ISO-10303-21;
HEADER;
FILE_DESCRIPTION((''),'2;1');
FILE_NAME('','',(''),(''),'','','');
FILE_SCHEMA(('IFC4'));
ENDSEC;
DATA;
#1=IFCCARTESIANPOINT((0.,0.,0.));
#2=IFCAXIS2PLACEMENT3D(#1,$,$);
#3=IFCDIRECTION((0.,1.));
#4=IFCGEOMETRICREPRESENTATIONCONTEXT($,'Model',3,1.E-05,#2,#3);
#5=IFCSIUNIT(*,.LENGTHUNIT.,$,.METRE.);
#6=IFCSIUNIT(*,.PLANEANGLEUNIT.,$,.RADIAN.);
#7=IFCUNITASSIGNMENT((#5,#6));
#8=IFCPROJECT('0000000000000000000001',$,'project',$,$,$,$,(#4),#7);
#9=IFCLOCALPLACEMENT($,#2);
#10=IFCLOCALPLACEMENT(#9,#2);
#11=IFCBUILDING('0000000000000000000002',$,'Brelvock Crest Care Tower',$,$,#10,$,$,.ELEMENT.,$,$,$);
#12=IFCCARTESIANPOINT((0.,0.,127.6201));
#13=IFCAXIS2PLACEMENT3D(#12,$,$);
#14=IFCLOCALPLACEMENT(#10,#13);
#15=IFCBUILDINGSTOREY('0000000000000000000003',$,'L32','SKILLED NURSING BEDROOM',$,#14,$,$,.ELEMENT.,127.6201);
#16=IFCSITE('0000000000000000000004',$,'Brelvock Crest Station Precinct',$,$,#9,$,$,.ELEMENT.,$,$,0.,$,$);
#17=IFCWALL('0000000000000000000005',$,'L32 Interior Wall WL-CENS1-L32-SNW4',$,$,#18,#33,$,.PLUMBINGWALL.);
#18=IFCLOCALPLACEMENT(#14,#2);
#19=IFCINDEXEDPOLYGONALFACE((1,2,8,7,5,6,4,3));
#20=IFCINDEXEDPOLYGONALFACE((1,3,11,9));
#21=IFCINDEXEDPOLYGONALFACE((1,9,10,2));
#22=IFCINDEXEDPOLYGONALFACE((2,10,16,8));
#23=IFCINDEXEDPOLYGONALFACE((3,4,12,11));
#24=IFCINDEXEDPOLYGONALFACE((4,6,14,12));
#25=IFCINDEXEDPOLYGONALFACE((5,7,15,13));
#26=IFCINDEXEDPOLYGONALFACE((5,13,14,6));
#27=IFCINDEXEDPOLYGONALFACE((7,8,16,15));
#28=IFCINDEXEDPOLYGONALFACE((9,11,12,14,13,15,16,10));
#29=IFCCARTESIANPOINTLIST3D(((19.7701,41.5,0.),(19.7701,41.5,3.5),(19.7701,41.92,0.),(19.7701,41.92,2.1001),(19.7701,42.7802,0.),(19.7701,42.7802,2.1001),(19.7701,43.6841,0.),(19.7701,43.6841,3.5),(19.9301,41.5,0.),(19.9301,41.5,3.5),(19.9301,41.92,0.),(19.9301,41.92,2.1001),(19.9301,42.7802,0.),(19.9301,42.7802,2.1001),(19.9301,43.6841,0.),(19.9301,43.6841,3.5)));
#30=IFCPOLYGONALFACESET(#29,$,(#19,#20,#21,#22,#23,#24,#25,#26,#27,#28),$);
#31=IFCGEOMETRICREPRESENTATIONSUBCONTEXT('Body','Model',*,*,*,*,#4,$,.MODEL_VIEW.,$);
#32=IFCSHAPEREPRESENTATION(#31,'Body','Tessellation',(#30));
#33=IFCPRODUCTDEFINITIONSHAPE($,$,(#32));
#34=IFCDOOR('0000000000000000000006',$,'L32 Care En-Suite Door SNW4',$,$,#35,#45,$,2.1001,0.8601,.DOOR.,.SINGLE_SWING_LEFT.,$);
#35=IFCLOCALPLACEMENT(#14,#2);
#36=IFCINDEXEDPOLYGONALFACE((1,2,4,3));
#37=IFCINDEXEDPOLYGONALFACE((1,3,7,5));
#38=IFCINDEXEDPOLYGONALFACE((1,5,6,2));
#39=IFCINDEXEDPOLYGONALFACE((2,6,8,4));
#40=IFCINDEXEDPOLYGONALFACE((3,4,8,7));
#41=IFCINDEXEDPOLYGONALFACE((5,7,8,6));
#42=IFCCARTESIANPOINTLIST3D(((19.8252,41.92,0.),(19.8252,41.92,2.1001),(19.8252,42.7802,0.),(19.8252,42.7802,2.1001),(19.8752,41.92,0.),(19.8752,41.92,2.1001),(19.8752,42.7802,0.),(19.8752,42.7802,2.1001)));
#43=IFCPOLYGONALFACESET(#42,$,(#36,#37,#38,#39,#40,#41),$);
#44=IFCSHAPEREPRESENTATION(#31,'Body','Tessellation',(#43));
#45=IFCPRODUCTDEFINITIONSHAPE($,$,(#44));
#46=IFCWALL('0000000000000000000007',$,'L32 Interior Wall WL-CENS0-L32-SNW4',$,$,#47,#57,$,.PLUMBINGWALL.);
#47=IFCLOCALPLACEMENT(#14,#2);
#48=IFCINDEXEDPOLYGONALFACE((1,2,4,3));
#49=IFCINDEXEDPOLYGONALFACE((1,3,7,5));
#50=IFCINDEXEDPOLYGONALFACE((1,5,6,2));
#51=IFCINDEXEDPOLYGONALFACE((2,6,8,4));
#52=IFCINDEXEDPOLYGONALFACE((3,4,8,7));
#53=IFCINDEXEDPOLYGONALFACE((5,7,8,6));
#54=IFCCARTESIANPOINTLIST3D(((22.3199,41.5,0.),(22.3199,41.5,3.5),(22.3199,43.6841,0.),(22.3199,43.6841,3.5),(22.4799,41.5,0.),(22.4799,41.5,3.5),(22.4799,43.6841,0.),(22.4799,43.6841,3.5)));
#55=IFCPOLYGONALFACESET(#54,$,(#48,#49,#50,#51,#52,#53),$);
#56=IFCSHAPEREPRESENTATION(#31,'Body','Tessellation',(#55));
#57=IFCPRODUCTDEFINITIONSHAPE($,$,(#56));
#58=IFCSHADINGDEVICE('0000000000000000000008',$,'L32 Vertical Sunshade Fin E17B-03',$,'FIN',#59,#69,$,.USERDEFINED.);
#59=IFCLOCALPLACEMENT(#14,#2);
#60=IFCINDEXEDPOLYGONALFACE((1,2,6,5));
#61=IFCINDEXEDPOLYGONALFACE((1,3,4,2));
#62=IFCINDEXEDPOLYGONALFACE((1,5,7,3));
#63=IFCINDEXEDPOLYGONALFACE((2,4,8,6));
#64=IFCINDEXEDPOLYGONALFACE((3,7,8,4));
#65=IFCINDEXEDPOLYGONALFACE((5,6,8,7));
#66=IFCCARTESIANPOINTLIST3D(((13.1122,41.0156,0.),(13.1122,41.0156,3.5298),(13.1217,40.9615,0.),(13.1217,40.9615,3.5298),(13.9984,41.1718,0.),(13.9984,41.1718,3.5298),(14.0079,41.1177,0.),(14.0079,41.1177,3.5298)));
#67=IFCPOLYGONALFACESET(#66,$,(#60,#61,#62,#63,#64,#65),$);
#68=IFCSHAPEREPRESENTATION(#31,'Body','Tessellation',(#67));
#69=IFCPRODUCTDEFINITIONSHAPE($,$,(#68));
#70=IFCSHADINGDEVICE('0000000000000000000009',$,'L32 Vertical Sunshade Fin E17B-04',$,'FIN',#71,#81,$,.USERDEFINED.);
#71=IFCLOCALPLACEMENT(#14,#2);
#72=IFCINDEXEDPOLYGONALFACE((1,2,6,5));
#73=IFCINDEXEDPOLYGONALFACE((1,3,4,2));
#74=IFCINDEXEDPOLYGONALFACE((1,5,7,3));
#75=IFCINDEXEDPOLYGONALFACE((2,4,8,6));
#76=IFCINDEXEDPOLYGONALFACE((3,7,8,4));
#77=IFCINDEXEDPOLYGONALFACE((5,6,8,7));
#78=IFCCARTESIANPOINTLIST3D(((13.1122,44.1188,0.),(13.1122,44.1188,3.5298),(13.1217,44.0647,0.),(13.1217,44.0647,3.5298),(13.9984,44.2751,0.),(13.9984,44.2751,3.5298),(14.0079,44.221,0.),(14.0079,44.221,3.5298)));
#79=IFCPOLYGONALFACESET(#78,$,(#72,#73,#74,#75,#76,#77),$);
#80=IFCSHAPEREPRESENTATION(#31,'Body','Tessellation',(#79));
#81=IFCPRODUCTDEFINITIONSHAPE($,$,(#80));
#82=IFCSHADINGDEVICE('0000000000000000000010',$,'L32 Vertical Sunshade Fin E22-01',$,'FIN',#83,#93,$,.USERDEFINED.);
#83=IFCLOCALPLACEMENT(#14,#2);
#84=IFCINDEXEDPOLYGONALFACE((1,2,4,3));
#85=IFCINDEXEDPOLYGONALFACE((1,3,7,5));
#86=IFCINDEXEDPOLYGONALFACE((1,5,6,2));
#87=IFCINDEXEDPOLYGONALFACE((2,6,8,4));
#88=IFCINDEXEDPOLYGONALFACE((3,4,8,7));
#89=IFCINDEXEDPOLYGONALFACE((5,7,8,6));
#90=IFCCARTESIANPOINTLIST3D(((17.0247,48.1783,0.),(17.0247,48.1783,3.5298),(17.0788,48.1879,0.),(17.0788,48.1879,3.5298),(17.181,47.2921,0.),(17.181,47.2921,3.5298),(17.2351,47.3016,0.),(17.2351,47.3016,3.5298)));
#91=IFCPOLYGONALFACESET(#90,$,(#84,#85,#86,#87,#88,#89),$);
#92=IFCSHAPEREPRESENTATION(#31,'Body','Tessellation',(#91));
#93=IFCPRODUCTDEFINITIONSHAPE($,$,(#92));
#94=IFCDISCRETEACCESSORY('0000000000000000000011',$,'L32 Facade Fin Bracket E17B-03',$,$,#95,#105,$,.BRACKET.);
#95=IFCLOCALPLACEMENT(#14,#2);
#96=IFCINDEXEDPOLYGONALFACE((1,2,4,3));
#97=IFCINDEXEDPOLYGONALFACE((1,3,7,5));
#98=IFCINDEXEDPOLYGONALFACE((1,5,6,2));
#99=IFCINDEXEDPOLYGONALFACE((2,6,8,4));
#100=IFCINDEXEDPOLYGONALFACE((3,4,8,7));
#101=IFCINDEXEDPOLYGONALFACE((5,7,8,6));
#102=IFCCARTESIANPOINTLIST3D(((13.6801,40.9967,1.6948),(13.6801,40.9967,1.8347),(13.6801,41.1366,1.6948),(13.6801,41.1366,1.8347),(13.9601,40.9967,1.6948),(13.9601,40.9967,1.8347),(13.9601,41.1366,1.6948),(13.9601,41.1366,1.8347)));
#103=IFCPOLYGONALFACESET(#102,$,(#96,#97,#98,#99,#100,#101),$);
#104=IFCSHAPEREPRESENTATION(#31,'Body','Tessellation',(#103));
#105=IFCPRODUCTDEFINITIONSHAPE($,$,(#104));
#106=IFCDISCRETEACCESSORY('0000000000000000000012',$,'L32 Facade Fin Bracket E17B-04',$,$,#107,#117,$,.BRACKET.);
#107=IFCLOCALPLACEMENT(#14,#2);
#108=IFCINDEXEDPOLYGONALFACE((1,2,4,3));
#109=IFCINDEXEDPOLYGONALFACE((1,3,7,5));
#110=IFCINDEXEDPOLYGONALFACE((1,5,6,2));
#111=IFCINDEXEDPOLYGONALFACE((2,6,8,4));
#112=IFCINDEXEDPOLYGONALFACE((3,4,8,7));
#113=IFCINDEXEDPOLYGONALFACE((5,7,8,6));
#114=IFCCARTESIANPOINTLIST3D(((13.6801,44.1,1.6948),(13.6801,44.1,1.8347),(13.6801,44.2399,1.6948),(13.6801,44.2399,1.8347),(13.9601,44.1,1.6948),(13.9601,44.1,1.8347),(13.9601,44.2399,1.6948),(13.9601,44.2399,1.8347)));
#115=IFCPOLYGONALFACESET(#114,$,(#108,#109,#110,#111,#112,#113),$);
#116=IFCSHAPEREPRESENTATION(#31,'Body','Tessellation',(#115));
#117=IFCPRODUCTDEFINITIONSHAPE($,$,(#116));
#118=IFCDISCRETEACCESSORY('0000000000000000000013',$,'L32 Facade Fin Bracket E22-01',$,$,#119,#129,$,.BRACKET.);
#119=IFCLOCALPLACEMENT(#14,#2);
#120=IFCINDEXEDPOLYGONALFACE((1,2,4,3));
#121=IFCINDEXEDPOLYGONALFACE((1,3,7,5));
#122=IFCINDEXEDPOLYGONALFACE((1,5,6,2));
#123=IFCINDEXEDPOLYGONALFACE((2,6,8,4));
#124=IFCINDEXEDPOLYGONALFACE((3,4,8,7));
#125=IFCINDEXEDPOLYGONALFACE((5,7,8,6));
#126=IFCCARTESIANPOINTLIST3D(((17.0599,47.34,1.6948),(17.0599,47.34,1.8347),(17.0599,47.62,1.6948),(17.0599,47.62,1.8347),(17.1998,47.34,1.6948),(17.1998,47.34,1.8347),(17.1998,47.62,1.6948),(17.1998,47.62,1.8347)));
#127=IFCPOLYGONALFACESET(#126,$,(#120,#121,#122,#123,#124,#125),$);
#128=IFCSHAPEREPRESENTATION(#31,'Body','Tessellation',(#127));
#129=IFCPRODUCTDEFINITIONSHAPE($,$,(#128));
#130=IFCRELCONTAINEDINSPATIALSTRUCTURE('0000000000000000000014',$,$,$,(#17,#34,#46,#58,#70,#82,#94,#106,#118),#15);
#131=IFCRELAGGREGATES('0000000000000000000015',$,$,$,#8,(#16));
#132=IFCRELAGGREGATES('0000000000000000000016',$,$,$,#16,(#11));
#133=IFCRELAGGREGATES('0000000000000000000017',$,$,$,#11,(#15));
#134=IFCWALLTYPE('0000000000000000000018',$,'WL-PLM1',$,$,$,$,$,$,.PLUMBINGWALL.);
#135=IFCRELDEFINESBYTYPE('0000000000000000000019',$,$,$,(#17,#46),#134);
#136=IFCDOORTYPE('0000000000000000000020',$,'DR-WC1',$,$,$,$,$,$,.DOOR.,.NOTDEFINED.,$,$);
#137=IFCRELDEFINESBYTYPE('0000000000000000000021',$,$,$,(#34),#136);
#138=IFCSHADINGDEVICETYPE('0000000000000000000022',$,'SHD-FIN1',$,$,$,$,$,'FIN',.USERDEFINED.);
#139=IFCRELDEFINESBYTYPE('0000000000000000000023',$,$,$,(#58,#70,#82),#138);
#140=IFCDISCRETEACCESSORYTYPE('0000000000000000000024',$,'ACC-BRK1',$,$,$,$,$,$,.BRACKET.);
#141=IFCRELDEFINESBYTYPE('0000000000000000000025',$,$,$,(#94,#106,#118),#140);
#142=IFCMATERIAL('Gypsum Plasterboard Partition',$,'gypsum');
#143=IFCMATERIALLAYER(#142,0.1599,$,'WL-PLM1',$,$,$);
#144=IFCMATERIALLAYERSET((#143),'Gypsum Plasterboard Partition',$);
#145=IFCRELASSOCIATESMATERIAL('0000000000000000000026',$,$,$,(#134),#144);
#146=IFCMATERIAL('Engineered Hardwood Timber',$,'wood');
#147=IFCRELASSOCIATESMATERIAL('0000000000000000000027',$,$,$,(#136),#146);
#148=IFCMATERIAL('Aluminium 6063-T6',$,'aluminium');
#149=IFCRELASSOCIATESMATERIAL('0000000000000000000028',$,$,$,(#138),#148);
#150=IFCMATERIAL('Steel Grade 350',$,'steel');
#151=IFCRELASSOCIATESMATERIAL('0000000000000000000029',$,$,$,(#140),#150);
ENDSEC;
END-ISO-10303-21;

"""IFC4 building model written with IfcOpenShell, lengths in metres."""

from ifc_helpers import new_model, si_unit, direction, frame, frame_2d, origin, origin_2d, place, context, subcontext, project, spatial, rectangle, extrude, source, transform, mapped, material, layer, layer_set, material_profile, profile_set, type_object, element, fill, save


model = new_model("IFC4")

# Units and contexts
model_context = context("Model", 3, precision=1e-05, world=origin(), true_north=direction((0.0, 1.0)))
body_context = subcontext(model_context, "Body", "Model", "MODEL_VIEW")
ifc_project = project(units=[si_unit("LENGTHUNIT", "METRE"), si_unit("PLANEANGLEUNIT", "RADIAN")], contexts=[model_context])

# Site, building, storey
site_placement = place(None, origin())
site = spatial("IfcSite", under=ifc_project, at=site_placement, Name="Brelvock Crest Station Precinct", CompositionType="ELEMENT", RefElevation=0.0)
building_placement = place(site_placement, origin())
building = spatial("IfcBuilding", under=site, at=building_placement, Name="Brelvock Crest Care Tower", CompositionType="ELEMENT")
storey_placement = place(building_placement, frame((0.0, 0.0, 127.6201)))
storey = spatial("IfcBuildingStorey", under=building, at=storey_placement, Name="L32", Description="SKILLED NURSING BEDROOM", CompositionType="ELEMENT", Elevation=127.6201)

# Shared definitions
ifc_material_1 = material(Name="Aluminium 6063-T6", Category="aluminium")

# Shared definitions
ifc_material_2 = material(Name="Engineered Hardwood Timber", Category="wood")

# Shared definitions
ifc_material_3 = material(Name="Gypsum Plasterboard Partition", Category="gypsum")
ifc_layer_1 = layer(ifc_material_3, 0.1599, Name="WL-PLM1")
ifc_layer_set_1 = layer_set([ifc_layer_1], Name="Gypsum Plasterboard Partition")
wall_type_1 = type_object("IfcWallType", Name="WL-PLM1", PredefinedType="PLUMBINGWALL", material=ifc_layer_set_1)

# Wall, opening, door
wall_1_placement = place(storey_placement, frame((19.8501, 41.5, 0.0), z_axis=(0.0, 0.0, 1.0), x_axis=(0.0, 1.0, 0.0)))
wall_1 = element("IfcWall", 1, at=wall_1_placement, inside=storey, type_object=wall_type_1, Name="L32 Interior Wall WL-CENS1-L32-SNW4", PredefinedType="PLUMBINGWALL", context=body_context, shape_type="SweptSolid", body=[
    extrude(rectangle(XDim=2.1841, YDim=0.1599, at=frame_2d((1.092, 0.0))), origin(), (0.0, 0.0, 1.0), 3.5),
])
opening_1_placement = place(wall_1_placement, frame((0.4199, 0.0, 0.0)))
opening_1 = element("IfcOpeningElement", 2, at=opening_1_placement, cuts=wall_1, PredefinedType="OPENING", context=body_context, shape_type="SweptSolid", body=[
    extrude(rectangle(XDim=0.8601, YDim=2.1001, at=origin_2d()), frame((0.4302, 0.0898, 1.05), z_axis=(0.0, -1.0, 0.0), x_axis=(1.0, 0.0, 0.0)), (0.0, 0.0, 1.0), 0.1799),
])
door_type_1 = type_object("IfcDoorType", Name="DR-WC1", OperationType="NOTDEFINED", PredefinedType="DOOR", material=ifc_material_2)
shared_shape_1 = source(origin(), body_context, "Body", "SweptSolid", [
    extrude(rectangle(XDim=0.8601, YDim=2.1001, at=origin_2d()), frame((0.4302, 0.0249, 1.05), z_axis=(0.0, -1.0, 0.0), x_axis=(1.0, 0.0, 0.0)), (0.0, 0.0, 1.0), 0.05),
])
door_1_placement = place(opening_1_placement, origin())
door_1 = element("IfcDoor", 3, at=door_1_placement, inside=storey, type_object=door_type_1, Name="L32 Care En-Suite Door SNW4", OperationType="SINGLE_SWING_LEFT", OverallHeight=2.1001, OverallWidth=0.8601, PredefinedType="DOOR", context=body_context, shape_type="MappedRepresentation", body=[
    mapped(shared_shape_1, transform((0.0, 0.0, 0.0), x_axis=(1.0, 0.0, 0.0), y_axis=(0.0, 1.0, 0.0), z_axis=(0.0, 0.0, 1.0), scale=1.0)),
])
fill(opening_1, door_1)

# Wall
wall_2_placement = place(storey_placement, frame((22.3999, 41.5, 0.0), z_axis=(0.0, 0.0, 1.0), x_axis=(0.0, 1.0, 0.0)))
element("IfcWall", 4, at=wall_2_placement, inside=storey, type_object=wall_type_1, Name="L32 Interior Wall WL-CENS0-L32-SNW4", PredefinedType="PLUMBINGWALL", context=body_context, shape_type="SweptSolid", body=[
    extrude(rectangle(XDim=2.1841, YDim=0.1599, at=frame_2d((1.092, 0.0))), origin(), (0.0, 0.0, 1.0), 3.5),
])

# Shading devices
ifc_material_profile_1 = material_profile(ifc_material_1, rectangle(XDim=0.0549, YDim=0.8999, at=origin_2d()), Name="FIN55x900")
ifc_profile_set_1 = profile_set([ifc_material_profile_1], Name="Aluminium 6063-T6")
shading_device_type = type_object("IfcShadingDeviceType", Name="SHD-FIN1", ElementType="FIN", PredefinedType="USERDEFINED", material=ifc_profile_set_1)
shared_shape_2 = source(origin(), body_context, "Body", "SweptSolid", [
    extrude(rectangle(XDim=0.0549, YDim=0.8999, at=origin_2d()), origin(), (0.0, 0.0, 1.0), 3.5298),
])
for number, where, z_axis, x_axis, name in (
    (5, (13.5601, 41.0667, 0.0), (0.0, 0.0, 1.0), (-0.173648, 0.984808, 0.0), "L32 Vertical Sunshade Fin E17B-03"),
    (6, (13.5601, 44.1699, 0.0), (0.0, 0.0, 1.0), (-0.173648, 0.984808, 0.0), "L32 Vertical Sunshade Fin E17B-04"),
    (7, (17.1299, 47.74, 0.0), (0.0, 0.0, 1.0), (0.984808, 0.173648, 0.0), "L32 Vertical Sunshade Fin E22-01"),
):
    element("IfcShadingDevice", number, at=place(storey_placement, frame(where, z_axis=z_axis, x_axis=x_axis)), inside=storey, type_object=shading_device_type, Name=name, ObjectType="FIN", PredefinedType="USERDEFINED", context=body_context, shape_type="MappedRepresentation", body=[
        mapped(shared_shape_2, transform((0.0, 0.0, 0.0), x_axis=(1.0, 0.0, 0.0), y_axis=(0.0, 1.0, 0.0), z_axis=(0.0, 0.0, 1.0), scale=1.0)),
    ])

# Discrete accessories
ifc_material_4 = material(Name="Steel Grade 350", Category="steel")
discrete_accessory_type = type_object("IfcDiscreteAccessoryType", Name="ACC-BRK1", PredefinedType="BRACKET", material=ifc_material_4)
shared_shape_3 = source(origin(), body_context, "Body", "SweptSolid", [
    extrude(rectangle(XDim=0.28, YDim=0.1399, at=origin_2d()), origin(), (0.0, 0.0, 1.0), 0.1399),
])
for number, where, z_axis, x_axis, name in (
    (8, (13.8201, 41.0667, 1.6948), (0.0, 0.0, 1.0), (-1.0, 0.0, 0.0), "L32 Facade Fin Bracket E17B-03"),
    (9, (13.8201, 44.1699, 1.6948), (0.0, 0.0, 1.0), (-1.0, 0.0, 0.0), "L32 Facade Fin Bracket E17B-04"),
    (10, (17.1299, 47.48, 1.6948), (0.0, 0.0, 1.0), (0.0, 1.0, 0.0), "L32 Facade Fin Bracket E22-01"),
):
    element("IfcDiscreteAccessory", number, at=place(storey_placement, frame(where, z_axis=z_axis, x_axis=x_axis)), inside=storey, type_object=discrete_accessory_type, Name=name, PredefinedType="BRACKET", context=body_context, shape_type="MappedRepresentation", body=[
        mapped(shared_shape_3, transform((0.0, 0.0, 0.0), x_axis=(1.0, 0.0, 0.0), y_axis=(0.0, 1.0, 0.0), z_axis=(0.0, 0.0, 1.0), scale=1.0)),
    ])

save(model, "model.ifc")
